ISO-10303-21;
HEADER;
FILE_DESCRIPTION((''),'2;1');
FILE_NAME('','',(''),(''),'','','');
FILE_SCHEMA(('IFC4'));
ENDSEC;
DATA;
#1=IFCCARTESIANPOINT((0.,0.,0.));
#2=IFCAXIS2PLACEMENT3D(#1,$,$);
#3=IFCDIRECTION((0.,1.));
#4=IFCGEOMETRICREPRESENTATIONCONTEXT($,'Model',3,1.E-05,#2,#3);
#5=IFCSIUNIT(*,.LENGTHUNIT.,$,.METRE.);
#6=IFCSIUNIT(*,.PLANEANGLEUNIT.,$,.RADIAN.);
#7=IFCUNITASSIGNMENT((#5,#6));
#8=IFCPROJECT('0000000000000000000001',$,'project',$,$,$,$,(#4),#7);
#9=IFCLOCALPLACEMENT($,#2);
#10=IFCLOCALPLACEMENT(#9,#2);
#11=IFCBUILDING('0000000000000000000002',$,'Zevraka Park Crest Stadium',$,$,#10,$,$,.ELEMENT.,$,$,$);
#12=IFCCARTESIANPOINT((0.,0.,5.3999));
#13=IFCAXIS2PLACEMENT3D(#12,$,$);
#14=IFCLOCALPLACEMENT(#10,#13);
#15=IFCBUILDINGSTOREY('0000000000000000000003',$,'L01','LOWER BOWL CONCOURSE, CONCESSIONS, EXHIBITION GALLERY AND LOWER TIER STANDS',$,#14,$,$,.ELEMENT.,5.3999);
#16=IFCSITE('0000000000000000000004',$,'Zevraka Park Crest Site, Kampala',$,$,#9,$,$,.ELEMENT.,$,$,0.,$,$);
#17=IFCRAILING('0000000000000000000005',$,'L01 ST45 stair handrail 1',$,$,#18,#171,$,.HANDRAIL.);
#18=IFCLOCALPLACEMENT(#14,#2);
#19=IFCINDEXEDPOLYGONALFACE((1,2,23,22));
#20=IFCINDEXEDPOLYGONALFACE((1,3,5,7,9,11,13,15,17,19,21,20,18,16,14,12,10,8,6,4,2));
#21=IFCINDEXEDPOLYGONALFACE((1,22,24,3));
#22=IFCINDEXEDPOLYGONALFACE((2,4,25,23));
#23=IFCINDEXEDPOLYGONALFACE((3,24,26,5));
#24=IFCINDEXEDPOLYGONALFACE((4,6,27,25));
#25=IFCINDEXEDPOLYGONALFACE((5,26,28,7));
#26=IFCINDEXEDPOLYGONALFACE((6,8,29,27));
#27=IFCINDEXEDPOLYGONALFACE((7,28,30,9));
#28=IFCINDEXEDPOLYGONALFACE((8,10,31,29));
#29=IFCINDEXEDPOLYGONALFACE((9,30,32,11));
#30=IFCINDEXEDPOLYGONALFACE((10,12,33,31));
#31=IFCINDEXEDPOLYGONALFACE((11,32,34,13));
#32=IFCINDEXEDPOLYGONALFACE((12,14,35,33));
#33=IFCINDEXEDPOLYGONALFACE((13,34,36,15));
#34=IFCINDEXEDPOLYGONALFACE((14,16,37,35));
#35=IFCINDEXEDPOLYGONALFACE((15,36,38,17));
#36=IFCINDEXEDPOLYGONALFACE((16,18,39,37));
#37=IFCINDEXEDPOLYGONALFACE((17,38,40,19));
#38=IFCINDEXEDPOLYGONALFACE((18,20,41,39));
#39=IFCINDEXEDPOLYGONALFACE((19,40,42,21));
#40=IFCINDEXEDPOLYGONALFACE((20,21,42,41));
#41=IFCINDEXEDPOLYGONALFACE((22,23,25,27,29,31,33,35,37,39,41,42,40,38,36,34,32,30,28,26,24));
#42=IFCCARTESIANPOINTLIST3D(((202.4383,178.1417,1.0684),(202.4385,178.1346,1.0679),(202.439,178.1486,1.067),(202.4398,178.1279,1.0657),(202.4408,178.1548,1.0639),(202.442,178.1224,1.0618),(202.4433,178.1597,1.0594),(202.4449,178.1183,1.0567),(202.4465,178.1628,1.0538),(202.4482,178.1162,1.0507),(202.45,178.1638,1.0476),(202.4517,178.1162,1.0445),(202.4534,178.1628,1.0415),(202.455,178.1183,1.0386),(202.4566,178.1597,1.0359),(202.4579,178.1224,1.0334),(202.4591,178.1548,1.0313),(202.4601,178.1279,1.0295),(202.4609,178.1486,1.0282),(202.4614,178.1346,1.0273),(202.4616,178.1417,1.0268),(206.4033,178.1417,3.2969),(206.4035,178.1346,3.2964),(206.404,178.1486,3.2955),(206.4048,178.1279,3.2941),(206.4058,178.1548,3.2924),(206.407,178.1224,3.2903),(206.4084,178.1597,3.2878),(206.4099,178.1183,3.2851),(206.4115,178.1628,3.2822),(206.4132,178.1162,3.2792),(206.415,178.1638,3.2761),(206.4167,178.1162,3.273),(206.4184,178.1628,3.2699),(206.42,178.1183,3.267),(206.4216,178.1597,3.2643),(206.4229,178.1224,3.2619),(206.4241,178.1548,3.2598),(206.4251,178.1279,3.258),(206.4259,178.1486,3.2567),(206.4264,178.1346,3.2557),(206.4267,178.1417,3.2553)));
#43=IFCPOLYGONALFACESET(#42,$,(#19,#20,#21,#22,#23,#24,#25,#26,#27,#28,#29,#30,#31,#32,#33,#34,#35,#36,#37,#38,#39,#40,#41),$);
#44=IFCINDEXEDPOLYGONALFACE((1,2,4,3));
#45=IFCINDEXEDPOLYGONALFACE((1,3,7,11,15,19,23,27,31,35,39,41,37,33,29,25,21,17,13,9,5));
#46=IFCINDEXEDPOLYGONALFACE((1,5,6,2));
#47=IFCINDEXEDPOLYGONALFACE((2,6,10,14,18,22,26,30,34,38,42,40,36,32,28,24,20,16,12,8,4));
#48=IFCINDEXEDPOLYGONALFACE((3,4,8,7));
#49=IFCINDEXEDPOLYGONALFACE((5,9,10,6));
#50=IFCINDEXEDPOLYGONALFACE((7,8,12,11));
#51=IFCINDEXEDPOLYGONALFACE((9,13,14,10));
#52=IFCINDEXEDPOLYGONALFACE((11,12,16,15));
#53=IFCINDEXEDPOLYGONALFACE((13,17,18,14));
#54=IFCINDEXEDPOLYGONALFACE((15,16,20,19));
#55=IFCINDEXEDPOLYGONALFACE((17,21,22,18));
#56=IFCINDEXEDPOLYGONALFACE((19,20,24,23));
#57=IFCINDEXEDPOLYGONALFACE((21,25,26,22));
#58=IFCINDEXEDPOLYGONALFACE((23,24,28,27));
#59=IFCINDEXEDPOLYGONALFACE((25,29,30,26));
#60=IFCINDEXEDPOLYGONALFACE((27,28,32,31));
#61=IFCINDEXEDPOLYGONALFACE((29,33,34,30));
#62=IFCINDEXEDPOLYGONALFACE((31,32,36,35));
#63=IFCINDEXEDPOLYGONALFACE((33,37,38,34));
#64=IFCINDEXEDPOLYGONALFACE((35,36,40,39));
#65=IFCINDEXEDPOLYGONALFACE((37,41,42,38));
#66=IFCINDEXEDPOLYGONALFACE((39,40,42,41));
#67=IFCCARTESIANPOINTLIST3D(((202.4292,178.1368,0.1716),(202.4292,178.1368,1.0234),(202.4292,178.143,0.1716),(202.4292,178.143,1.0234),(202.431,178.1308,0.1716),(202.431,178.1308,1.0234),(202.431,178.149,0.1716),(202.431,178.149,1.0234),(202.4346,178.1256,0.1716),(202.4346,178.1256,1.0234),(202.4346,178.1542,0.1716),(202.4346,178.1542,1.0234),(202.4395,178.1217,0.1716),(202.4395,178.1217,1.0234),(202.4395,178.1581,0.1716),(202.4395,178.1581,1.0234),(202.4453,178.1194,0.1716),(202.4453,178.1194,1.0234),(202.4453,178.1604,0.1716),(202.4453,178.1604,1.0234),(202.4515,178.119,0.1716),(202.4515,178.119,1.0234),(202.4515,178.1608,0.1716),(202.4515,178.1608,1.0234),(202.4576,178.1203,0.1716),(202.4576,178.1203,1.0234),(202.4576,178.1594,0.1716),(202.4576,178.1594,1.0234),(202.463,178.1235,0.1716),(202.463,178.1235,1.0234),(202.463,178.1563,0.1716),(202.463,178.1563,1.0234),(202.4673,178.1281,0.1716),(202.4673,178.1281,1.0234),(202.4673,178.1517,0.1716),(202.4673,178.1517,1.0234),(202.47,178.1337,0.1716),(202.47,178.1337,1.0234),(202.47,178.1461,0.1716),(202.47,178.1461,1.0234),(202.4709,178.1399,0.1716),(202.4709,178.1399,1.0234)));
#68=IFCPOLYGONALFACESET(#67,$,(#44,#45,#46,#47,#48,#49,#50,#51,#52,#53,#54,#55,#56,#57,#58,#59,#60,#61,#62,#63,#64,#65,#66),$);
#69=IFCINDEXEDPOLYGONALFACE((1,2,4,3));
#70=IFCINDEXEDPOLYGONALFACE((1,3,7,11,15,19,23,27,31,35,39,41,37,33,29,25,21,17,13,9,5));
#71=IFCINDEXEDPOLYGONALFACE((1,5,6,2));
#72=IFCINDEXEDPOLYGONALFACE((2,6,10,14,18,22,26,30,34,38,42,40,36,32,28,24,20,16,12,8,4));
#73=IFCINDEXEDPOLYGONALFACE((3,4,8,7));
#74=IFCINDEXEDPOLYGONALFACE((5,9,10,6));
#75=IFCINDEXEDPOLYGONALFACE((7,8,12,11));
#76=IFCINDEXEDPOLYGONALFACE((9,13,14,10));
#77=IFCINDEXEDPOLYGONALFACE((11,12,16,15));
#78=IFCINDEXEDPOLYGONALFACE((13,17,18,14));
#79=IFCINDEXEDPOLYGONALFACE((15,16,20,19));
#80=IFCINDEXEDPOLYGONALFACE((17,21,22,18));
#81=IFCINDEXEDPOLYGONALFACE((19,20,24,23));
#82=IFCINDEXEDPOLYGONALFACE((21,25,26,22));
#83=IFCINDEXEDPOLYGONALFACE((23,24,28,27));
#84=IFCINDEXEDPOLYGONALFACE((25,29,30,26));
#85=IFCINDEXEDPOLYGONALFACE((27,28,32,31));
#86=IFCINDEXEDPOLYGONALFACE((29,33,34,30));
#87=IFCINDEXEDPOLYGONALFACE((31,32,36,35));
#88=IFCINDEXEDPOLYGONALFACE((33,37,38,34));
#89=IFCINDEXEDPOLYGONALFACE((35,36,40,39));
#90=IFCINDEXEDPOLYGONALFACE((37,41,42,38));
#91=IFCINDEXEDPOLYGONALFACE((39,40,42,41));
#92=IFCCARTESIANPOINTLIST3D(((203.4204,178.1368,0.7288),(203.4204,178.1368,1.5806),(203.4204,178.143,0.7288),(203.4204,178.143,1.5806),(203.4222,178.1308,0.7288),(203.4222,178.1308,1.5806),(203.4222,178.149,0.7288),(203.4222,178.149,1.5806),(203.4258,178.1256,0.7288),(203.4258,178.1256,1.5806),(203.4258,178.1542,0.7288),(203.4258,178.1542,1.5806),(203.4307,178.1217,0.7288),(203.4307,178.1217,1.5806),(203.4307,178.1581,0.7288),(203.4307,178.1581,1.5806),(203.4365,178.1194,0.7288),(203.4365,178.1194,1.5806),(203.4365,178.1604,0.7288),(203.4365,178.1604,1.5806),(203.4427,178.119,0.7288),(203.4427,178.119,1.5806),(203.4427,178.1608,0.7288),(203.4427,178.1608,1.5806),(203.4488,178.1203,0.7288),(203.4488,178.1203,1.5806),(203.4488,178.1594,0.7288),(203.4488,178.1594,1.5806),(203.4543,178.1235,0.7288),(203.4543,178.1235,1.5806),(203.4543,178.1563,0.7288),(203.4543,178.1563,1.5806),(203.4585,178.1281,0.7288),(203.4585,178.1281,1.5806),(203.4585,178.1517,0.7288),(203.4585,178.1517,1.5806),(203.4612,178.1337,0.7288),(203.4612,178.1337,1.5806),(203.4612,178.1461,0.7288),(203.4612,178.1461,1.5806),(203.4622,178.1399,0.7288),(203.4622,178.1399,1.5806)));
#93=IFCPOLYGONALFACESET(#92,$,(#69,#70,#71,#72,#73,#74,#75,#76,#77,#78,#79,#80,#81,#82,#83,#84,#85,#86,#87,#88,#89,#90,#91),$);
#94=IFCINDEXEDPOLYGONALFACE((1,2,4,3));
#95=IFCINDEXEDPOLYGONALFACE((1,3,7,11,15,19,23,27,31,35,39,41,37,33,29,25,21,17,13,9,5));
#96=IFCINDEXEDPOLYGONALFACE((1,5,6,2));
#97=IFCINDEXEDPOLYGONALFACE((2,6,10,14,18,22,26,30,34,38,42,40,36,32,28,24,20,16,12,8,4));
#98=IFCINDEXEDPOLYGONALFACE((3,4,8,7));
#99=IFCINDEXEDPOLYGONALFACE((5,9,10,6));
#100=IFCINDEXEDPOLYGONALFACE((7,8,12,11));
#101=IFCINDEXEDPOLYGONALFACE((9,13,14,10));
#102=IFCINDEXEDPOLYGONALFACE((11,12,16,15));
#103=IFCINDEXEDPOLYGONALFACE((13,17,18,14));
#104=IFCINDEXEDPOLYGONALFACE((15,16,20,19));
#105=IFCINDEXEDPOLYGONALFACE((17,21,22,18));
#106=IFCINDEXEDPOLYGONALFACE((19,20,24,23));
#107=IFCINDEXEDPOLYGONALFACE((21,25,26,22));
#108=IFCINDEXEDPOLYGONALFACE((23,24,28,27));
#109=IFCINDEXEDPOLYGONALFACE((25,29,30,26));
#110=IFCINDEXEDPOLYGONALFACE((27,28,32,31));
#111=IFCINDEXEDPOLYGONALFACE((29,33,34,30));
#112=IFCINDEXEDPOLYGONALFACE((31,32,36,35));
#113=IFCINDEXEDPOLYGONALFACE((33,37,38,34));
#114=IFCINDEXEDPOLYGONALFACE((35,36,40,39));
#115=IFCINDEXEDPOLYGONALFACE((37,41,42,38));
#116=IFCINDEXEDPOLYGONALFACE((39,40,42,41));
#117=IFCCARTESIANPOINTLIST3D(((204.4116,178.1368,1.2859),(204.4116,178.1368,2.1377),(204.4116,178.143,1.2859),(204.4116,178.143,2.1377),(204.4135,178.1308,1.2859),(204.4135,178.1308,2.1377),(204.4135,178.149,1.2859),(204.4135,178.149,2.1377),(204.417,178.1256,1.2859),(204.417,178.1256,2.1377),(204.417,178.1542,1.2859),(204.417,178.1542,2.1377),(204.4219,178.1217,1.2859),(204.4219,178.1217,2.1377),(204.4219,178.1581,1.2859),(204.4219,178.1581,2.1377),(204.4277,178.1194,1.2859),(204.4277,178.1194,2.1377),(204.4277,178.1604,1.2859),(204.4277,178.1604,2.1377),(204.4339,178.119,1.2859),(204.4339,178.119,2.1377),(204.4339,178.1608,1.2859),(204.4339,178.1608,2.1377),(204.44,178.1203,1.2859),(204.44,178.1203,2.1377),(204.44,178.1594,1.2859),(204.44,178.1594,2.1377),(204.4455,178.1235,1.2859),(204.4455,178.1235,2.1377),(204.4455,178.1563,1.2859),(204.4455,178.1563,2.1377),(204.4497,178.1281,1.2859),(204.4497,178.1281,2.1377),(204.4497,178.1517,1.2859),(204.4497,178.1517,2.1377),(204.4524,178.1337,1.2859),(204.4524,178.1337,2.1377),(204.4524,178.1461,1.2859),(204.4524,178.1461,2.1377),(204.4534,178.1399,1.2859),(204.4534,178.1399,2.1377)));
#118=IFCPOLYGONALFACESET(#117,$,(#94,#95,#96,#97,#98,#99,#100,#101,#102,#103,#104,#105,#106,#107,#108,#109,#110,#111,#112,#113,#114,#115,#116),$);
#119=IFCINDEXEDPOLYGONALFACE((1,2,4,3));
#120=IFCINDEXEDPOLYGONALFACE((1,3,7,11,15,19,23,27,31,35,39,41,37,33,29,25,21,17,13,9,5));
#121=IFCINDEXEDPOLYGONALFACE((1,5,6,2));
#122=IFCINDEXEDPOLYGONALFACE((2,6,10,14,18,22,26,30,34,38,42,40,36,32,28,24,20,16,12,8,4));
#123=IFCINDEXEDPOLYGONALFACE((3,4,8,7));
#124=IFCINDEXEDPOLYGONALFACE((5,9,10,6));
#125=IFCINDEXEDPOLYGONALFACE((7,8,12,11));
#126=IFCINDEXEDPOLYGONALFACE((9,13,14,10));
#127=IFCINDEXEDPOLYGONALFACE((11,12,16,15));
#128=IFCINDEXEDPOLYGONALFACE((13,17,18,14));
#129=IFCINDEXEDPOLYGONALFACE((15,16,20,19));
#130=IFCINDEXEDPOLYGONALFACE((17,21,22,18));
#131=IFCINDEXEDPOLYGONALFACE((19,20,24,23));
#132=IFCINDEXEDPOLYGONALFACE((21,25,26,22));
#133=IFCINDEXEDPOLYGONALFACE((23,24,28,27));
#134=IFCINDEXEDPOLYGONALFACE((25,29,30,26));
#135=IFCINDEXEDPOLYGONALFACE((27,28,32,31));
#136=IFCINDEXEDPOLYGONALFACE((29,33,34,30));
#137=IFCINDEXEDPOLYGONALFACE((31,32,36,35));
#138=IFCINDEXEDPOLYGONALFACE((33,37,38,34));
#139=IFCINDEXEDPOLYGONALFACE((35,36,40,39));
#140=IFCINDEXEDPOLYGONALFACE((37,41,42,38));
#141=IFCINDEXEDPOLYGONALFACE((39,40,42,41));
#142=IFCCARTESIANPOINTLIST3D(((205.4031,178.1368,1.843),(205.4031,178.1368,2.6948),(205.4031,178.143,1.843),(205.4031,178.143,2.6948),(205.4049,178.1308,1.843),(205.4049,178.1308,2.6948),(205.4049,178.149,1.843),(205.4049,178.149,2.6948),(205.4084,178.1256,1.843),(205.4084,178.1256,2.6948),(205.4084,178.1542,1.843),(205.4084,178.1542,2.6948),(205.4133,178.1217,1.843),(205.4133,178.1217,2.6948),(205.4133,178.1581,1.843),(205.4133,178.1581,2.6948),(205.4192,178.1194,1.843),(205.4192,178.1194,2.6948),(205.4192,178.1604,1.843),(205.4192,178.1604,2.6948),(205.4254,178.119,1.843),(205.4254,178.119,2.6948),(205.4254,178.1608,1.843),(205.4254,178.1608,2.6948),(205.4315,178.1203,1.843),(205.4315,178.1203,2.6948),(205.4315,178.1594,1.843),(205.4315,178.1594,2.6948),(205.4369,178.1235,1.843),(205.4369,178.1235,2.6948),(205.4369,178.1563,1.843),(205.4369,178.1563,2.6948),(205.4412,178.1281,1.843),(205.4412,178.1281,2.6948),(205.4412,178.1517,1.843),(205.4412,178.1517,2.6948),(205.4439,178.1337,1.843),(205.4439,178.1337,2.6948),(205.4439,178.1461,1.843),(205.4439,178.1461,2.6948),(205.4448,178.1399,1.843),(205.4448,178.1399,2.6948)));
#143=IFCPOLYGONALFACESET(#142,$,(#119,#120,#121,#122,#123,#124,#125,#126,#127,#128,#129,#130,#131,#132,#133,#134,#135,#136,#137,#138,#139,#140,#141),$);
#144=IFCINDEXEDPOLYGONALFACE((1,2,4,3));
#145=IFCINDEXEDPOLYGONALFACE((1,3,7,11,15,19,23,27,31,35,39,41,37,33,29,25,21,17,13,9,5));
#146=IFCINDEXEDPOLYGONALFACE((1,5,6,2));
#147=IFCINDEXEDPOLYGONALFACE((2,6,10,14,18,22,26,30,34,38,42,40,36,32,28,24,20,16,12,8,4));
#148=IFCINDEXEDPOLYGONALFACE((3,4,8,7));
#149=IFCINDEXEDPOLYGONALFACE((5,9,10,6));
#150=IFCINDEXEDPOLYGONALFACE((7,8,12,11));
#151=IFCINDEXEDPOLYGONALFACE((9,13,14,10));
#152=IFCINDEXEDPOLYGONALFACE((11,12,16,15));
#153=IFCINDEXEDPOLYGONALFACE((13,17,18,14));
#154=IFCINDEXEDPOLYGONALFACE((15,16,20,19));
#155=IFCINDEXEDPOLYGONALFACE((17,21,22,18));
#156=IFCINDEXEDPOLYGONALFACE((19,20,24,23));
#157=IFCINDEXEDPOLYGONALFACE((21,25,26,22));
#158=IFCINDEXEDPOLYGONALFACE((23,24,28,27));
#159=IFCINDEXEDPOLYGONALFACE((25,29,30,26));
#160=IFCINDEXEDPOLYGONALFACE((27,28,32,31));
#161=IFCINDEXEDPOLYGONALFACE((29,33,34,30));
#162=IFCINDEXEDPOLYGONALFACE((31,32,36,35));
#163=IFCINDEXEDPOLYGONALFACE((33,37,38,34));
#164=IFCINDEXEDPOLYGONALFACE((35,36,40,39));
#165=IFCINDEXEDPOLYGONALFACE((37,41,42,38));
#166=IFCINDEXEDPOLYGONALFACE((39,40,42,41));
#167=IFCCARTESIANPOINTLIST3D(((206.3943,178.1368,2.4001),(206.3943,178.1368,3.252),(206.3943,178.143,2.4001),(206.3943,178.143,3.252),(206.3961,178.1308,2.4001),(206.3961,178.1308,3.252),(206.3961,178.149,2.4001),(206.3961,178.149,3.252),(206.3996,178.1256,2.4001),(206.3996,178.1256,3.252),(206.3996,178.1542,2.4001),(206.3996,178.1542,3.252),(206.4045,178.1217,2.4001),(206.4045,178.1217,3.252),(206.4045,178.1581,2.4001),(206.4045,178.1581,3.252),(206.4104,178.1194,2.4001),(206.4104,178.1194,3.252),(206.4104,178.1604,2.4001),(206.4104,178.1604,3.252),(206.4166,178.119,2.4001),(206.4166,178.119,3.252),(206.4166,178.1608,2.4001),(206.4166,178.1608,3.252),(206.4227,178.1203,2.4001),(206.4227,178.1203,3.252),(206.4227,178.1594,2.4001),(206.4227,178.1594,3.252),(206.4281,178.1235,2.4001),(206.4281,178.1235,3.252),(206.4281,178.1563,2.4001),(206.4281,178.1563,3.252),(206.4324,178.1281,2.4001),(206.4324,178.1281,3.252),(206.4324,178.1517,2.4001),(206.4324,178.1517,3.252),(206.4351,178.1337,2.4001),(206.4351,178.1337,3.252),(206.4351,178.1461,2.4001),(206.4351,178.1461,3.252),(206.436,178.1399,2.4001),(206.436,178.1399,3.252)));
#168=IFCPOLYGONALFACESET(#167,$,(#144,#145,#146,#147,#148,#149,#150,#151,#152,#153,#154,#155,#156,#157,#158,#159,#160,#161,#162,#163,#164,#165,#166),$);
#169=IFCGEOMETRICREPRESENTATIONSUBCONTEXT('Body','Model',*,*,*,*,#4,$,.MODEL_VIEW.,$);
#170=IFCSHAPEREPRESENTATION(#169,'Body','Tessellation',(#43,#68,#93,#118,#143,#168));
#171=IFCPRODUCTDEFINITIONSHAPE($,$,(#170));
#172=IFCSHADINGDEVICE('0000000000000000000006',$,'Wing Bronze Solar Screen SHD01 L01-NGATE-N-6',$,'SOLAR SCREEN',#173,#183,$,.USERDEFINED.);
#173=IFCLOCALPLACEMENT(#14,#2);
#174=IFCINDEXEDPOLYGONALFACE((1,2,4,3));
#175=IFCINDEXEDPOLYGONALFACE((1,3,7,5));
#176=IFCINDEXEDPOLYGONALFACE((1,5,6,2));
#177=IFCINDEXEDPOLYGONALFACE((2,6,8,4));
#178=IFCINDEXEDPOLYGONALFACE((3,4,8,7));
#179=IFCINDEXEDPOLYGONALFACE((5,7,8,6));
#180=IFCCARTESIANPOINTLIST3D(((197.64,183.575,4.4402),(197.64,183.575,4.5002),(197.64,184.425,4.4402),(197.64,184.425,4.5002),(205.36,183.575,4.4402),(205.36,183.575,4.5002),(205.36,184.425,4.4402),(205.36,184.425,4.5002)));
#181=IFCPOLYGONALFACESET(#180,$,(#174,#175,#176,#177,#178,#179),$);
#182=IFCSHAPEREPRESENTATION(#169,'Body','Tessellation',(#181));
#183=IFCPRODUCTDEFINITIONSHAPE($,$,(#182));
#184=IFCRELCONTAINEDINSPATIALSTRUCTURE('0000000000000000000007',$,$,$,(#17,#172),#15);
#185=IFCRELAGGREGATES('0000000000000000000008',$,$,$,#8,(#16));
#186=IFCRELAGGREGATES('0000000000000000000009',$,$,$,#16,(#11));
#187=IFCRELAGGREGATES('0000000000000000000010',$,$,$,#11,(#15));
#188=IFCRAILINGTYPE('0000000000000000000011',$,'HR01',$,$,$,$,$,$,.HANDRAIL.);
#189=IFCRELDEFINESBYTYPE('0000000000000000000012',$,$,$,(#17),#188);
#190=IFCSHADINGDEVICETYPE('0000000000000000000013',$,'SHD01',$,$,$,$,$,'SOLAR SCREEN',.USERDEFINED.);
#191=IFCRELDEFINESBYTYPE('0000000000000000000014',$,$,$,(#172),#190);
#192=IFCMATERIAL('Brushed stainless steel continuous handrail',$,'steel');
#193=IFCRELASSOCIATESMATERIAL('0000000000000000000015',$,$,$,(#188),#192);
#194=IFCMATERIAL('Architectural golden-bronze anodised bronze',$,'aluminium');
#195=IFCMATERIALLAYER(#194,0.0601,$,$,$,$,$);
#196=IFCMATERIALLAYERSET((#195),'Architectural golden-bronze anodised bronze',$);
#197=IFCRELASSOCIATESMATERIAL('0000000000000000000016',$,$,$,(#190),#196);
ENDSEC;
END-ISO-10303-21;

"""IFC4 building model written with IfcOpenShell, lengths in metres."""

from ifc_helpers import new_model, si_unit, direction, frame, origin, origin_2d, place, context, subcontext, project, spatial, rectangle, circle, extrude, material, layer, layer_set, type_object, element, save


model = new_model("IFC4")

# Units and contexts
model_context = context("Model", 3, precision=1e-05, world=origin(), true_north=direction((0.0, 1.0)))
body_context = subcontext(model_context, "Body", "Model", "MODEL_VIEW")
ifc_project = project(units=[si_unit("LENGTHUNIT", "METRE"), si_unit("PLANEANGLEUNIT", "RADIAN")], contexts=[model_context])

# Site, building, storey
site_placement = place(None, origin())
site = spatial("IfcSite", under=ifc_project, at=site_placement, Name="Zevraka Park Crest Site, Kampala", CompositionType="ELEMENT", RefElevation=0.0)
building_placement = place(site_placement, origin())
building = spatial("IfcBuilding", under=site, at=building_placement, Name="Zevraka Park Crest Stadium", CompositionType="ELEMENT")
storey_placement = place(building_placement, frame((0.0, 0.0, 5.3999)))
storey = spatial("IfcBuildingStorey", under=building, at=storey_placement, Name="L01", Description="LOWER BOWL CONCOURSE, CONCESSIONS, EXHIBITION GALLERY AND LOWER TIER STANDS", CompositionType="ELEMENT", Elevation=5.3999)

# Railing
ifc_material_1 = material(Name="Brushed stainless steel continuous handrail", Category="steel")
railing_type_1 = type_object("IfcRailingType", Name="HR01", PredefinedType="HANDRAIL", material=ifc_material_1)
railing_1_placement = place(storey_placement, frame((202.45, 178.1399, 0.1716)))
element("IfcRailing", 1, at=railing_1_placement, inside=storey, type_object=railing_type_1, Name="L01 ST45 stair handrail 1", PredefinedType="HANDRAIL", context=body_context, shape_type="SweptSolid", body=[
    extrude(circle(Radius=0.0239, at=origin_2d()), frame((0.0, 0.0, 0.876), z_axis=(0.871749, 0.0, 0.489953), x_axis=(0.0, 1.0, 0.0)), (0.0, 0.0, 1.0), 4.5483),
    extrude(circle(Radius=0.021, at=origin_2d()), origin(), (0.0, 0.0, 1.0), 0.8518),
    extrude(circle(Radius=0.021, at=origin_2d()), frame((0.9912, 0.0, 0.5571)), (0.0, 0.0, 1.0), 0.8518),
    extrude(circle(Radius=0.021, at=origin_2d()), frame((1.9824, 0.0, 1.1143)), (0.0, 0.0, 1.0), 0.8518),
    extrude(circle(Radius=0.021, at=origin_2d()), frame((2.9739, 0.0, 1.6714)), (0.0, 0.0, 1.0), 0.8518),
    extrude(circle(Radius=0.021, at=origin_2d()), frame((3.9651, 0.0, 2.2285)), (0.0, 0.0, 1.0), 0.8518),
])

# Shading device
ifc_material_2 = material(Name="Architectural golden-bronze anodised bronze", Category="aluminium")
ifc_layer_1 = layer(ifc_material_2, 0.0601)
ifc_layer_set_1 = layer_set([ifc_layer_1], Name="Architectural golden-bronze anodised bronze")
shading_device_type = type_object("IfcShadingDeviceType", Name="SHD01", ElementType="SOLAR SCREEN", PredefinedType="USERDEFINED", material=ifc_layer_set_1)
shading_device_placement = place(storey_placement, frame((201.5, 184.0, 4.4402), z_axis=(0.0, 0.0, 1.0), x_axis=(1.0, 0.0, 0.0)))
element("IfcShadingDevice", 2, at=shading_device_placement, inside=storey, type_object=shading_device_type, Name="Wing Bronze Solar Screen SHD01 L01-NGATE-N-6", ObjectType="SOLAR SCREEN", PredefinedType="USERDEFINED", context=body_context, shape_type="SweptSolid", body=[
    extrude(rectangle(XDim=7.72, YDim=0.8501, at=origin_2d()), origin(), (0.0, 0.0, 1.0), 0.0601),
])

save(model, "model.ifc")
